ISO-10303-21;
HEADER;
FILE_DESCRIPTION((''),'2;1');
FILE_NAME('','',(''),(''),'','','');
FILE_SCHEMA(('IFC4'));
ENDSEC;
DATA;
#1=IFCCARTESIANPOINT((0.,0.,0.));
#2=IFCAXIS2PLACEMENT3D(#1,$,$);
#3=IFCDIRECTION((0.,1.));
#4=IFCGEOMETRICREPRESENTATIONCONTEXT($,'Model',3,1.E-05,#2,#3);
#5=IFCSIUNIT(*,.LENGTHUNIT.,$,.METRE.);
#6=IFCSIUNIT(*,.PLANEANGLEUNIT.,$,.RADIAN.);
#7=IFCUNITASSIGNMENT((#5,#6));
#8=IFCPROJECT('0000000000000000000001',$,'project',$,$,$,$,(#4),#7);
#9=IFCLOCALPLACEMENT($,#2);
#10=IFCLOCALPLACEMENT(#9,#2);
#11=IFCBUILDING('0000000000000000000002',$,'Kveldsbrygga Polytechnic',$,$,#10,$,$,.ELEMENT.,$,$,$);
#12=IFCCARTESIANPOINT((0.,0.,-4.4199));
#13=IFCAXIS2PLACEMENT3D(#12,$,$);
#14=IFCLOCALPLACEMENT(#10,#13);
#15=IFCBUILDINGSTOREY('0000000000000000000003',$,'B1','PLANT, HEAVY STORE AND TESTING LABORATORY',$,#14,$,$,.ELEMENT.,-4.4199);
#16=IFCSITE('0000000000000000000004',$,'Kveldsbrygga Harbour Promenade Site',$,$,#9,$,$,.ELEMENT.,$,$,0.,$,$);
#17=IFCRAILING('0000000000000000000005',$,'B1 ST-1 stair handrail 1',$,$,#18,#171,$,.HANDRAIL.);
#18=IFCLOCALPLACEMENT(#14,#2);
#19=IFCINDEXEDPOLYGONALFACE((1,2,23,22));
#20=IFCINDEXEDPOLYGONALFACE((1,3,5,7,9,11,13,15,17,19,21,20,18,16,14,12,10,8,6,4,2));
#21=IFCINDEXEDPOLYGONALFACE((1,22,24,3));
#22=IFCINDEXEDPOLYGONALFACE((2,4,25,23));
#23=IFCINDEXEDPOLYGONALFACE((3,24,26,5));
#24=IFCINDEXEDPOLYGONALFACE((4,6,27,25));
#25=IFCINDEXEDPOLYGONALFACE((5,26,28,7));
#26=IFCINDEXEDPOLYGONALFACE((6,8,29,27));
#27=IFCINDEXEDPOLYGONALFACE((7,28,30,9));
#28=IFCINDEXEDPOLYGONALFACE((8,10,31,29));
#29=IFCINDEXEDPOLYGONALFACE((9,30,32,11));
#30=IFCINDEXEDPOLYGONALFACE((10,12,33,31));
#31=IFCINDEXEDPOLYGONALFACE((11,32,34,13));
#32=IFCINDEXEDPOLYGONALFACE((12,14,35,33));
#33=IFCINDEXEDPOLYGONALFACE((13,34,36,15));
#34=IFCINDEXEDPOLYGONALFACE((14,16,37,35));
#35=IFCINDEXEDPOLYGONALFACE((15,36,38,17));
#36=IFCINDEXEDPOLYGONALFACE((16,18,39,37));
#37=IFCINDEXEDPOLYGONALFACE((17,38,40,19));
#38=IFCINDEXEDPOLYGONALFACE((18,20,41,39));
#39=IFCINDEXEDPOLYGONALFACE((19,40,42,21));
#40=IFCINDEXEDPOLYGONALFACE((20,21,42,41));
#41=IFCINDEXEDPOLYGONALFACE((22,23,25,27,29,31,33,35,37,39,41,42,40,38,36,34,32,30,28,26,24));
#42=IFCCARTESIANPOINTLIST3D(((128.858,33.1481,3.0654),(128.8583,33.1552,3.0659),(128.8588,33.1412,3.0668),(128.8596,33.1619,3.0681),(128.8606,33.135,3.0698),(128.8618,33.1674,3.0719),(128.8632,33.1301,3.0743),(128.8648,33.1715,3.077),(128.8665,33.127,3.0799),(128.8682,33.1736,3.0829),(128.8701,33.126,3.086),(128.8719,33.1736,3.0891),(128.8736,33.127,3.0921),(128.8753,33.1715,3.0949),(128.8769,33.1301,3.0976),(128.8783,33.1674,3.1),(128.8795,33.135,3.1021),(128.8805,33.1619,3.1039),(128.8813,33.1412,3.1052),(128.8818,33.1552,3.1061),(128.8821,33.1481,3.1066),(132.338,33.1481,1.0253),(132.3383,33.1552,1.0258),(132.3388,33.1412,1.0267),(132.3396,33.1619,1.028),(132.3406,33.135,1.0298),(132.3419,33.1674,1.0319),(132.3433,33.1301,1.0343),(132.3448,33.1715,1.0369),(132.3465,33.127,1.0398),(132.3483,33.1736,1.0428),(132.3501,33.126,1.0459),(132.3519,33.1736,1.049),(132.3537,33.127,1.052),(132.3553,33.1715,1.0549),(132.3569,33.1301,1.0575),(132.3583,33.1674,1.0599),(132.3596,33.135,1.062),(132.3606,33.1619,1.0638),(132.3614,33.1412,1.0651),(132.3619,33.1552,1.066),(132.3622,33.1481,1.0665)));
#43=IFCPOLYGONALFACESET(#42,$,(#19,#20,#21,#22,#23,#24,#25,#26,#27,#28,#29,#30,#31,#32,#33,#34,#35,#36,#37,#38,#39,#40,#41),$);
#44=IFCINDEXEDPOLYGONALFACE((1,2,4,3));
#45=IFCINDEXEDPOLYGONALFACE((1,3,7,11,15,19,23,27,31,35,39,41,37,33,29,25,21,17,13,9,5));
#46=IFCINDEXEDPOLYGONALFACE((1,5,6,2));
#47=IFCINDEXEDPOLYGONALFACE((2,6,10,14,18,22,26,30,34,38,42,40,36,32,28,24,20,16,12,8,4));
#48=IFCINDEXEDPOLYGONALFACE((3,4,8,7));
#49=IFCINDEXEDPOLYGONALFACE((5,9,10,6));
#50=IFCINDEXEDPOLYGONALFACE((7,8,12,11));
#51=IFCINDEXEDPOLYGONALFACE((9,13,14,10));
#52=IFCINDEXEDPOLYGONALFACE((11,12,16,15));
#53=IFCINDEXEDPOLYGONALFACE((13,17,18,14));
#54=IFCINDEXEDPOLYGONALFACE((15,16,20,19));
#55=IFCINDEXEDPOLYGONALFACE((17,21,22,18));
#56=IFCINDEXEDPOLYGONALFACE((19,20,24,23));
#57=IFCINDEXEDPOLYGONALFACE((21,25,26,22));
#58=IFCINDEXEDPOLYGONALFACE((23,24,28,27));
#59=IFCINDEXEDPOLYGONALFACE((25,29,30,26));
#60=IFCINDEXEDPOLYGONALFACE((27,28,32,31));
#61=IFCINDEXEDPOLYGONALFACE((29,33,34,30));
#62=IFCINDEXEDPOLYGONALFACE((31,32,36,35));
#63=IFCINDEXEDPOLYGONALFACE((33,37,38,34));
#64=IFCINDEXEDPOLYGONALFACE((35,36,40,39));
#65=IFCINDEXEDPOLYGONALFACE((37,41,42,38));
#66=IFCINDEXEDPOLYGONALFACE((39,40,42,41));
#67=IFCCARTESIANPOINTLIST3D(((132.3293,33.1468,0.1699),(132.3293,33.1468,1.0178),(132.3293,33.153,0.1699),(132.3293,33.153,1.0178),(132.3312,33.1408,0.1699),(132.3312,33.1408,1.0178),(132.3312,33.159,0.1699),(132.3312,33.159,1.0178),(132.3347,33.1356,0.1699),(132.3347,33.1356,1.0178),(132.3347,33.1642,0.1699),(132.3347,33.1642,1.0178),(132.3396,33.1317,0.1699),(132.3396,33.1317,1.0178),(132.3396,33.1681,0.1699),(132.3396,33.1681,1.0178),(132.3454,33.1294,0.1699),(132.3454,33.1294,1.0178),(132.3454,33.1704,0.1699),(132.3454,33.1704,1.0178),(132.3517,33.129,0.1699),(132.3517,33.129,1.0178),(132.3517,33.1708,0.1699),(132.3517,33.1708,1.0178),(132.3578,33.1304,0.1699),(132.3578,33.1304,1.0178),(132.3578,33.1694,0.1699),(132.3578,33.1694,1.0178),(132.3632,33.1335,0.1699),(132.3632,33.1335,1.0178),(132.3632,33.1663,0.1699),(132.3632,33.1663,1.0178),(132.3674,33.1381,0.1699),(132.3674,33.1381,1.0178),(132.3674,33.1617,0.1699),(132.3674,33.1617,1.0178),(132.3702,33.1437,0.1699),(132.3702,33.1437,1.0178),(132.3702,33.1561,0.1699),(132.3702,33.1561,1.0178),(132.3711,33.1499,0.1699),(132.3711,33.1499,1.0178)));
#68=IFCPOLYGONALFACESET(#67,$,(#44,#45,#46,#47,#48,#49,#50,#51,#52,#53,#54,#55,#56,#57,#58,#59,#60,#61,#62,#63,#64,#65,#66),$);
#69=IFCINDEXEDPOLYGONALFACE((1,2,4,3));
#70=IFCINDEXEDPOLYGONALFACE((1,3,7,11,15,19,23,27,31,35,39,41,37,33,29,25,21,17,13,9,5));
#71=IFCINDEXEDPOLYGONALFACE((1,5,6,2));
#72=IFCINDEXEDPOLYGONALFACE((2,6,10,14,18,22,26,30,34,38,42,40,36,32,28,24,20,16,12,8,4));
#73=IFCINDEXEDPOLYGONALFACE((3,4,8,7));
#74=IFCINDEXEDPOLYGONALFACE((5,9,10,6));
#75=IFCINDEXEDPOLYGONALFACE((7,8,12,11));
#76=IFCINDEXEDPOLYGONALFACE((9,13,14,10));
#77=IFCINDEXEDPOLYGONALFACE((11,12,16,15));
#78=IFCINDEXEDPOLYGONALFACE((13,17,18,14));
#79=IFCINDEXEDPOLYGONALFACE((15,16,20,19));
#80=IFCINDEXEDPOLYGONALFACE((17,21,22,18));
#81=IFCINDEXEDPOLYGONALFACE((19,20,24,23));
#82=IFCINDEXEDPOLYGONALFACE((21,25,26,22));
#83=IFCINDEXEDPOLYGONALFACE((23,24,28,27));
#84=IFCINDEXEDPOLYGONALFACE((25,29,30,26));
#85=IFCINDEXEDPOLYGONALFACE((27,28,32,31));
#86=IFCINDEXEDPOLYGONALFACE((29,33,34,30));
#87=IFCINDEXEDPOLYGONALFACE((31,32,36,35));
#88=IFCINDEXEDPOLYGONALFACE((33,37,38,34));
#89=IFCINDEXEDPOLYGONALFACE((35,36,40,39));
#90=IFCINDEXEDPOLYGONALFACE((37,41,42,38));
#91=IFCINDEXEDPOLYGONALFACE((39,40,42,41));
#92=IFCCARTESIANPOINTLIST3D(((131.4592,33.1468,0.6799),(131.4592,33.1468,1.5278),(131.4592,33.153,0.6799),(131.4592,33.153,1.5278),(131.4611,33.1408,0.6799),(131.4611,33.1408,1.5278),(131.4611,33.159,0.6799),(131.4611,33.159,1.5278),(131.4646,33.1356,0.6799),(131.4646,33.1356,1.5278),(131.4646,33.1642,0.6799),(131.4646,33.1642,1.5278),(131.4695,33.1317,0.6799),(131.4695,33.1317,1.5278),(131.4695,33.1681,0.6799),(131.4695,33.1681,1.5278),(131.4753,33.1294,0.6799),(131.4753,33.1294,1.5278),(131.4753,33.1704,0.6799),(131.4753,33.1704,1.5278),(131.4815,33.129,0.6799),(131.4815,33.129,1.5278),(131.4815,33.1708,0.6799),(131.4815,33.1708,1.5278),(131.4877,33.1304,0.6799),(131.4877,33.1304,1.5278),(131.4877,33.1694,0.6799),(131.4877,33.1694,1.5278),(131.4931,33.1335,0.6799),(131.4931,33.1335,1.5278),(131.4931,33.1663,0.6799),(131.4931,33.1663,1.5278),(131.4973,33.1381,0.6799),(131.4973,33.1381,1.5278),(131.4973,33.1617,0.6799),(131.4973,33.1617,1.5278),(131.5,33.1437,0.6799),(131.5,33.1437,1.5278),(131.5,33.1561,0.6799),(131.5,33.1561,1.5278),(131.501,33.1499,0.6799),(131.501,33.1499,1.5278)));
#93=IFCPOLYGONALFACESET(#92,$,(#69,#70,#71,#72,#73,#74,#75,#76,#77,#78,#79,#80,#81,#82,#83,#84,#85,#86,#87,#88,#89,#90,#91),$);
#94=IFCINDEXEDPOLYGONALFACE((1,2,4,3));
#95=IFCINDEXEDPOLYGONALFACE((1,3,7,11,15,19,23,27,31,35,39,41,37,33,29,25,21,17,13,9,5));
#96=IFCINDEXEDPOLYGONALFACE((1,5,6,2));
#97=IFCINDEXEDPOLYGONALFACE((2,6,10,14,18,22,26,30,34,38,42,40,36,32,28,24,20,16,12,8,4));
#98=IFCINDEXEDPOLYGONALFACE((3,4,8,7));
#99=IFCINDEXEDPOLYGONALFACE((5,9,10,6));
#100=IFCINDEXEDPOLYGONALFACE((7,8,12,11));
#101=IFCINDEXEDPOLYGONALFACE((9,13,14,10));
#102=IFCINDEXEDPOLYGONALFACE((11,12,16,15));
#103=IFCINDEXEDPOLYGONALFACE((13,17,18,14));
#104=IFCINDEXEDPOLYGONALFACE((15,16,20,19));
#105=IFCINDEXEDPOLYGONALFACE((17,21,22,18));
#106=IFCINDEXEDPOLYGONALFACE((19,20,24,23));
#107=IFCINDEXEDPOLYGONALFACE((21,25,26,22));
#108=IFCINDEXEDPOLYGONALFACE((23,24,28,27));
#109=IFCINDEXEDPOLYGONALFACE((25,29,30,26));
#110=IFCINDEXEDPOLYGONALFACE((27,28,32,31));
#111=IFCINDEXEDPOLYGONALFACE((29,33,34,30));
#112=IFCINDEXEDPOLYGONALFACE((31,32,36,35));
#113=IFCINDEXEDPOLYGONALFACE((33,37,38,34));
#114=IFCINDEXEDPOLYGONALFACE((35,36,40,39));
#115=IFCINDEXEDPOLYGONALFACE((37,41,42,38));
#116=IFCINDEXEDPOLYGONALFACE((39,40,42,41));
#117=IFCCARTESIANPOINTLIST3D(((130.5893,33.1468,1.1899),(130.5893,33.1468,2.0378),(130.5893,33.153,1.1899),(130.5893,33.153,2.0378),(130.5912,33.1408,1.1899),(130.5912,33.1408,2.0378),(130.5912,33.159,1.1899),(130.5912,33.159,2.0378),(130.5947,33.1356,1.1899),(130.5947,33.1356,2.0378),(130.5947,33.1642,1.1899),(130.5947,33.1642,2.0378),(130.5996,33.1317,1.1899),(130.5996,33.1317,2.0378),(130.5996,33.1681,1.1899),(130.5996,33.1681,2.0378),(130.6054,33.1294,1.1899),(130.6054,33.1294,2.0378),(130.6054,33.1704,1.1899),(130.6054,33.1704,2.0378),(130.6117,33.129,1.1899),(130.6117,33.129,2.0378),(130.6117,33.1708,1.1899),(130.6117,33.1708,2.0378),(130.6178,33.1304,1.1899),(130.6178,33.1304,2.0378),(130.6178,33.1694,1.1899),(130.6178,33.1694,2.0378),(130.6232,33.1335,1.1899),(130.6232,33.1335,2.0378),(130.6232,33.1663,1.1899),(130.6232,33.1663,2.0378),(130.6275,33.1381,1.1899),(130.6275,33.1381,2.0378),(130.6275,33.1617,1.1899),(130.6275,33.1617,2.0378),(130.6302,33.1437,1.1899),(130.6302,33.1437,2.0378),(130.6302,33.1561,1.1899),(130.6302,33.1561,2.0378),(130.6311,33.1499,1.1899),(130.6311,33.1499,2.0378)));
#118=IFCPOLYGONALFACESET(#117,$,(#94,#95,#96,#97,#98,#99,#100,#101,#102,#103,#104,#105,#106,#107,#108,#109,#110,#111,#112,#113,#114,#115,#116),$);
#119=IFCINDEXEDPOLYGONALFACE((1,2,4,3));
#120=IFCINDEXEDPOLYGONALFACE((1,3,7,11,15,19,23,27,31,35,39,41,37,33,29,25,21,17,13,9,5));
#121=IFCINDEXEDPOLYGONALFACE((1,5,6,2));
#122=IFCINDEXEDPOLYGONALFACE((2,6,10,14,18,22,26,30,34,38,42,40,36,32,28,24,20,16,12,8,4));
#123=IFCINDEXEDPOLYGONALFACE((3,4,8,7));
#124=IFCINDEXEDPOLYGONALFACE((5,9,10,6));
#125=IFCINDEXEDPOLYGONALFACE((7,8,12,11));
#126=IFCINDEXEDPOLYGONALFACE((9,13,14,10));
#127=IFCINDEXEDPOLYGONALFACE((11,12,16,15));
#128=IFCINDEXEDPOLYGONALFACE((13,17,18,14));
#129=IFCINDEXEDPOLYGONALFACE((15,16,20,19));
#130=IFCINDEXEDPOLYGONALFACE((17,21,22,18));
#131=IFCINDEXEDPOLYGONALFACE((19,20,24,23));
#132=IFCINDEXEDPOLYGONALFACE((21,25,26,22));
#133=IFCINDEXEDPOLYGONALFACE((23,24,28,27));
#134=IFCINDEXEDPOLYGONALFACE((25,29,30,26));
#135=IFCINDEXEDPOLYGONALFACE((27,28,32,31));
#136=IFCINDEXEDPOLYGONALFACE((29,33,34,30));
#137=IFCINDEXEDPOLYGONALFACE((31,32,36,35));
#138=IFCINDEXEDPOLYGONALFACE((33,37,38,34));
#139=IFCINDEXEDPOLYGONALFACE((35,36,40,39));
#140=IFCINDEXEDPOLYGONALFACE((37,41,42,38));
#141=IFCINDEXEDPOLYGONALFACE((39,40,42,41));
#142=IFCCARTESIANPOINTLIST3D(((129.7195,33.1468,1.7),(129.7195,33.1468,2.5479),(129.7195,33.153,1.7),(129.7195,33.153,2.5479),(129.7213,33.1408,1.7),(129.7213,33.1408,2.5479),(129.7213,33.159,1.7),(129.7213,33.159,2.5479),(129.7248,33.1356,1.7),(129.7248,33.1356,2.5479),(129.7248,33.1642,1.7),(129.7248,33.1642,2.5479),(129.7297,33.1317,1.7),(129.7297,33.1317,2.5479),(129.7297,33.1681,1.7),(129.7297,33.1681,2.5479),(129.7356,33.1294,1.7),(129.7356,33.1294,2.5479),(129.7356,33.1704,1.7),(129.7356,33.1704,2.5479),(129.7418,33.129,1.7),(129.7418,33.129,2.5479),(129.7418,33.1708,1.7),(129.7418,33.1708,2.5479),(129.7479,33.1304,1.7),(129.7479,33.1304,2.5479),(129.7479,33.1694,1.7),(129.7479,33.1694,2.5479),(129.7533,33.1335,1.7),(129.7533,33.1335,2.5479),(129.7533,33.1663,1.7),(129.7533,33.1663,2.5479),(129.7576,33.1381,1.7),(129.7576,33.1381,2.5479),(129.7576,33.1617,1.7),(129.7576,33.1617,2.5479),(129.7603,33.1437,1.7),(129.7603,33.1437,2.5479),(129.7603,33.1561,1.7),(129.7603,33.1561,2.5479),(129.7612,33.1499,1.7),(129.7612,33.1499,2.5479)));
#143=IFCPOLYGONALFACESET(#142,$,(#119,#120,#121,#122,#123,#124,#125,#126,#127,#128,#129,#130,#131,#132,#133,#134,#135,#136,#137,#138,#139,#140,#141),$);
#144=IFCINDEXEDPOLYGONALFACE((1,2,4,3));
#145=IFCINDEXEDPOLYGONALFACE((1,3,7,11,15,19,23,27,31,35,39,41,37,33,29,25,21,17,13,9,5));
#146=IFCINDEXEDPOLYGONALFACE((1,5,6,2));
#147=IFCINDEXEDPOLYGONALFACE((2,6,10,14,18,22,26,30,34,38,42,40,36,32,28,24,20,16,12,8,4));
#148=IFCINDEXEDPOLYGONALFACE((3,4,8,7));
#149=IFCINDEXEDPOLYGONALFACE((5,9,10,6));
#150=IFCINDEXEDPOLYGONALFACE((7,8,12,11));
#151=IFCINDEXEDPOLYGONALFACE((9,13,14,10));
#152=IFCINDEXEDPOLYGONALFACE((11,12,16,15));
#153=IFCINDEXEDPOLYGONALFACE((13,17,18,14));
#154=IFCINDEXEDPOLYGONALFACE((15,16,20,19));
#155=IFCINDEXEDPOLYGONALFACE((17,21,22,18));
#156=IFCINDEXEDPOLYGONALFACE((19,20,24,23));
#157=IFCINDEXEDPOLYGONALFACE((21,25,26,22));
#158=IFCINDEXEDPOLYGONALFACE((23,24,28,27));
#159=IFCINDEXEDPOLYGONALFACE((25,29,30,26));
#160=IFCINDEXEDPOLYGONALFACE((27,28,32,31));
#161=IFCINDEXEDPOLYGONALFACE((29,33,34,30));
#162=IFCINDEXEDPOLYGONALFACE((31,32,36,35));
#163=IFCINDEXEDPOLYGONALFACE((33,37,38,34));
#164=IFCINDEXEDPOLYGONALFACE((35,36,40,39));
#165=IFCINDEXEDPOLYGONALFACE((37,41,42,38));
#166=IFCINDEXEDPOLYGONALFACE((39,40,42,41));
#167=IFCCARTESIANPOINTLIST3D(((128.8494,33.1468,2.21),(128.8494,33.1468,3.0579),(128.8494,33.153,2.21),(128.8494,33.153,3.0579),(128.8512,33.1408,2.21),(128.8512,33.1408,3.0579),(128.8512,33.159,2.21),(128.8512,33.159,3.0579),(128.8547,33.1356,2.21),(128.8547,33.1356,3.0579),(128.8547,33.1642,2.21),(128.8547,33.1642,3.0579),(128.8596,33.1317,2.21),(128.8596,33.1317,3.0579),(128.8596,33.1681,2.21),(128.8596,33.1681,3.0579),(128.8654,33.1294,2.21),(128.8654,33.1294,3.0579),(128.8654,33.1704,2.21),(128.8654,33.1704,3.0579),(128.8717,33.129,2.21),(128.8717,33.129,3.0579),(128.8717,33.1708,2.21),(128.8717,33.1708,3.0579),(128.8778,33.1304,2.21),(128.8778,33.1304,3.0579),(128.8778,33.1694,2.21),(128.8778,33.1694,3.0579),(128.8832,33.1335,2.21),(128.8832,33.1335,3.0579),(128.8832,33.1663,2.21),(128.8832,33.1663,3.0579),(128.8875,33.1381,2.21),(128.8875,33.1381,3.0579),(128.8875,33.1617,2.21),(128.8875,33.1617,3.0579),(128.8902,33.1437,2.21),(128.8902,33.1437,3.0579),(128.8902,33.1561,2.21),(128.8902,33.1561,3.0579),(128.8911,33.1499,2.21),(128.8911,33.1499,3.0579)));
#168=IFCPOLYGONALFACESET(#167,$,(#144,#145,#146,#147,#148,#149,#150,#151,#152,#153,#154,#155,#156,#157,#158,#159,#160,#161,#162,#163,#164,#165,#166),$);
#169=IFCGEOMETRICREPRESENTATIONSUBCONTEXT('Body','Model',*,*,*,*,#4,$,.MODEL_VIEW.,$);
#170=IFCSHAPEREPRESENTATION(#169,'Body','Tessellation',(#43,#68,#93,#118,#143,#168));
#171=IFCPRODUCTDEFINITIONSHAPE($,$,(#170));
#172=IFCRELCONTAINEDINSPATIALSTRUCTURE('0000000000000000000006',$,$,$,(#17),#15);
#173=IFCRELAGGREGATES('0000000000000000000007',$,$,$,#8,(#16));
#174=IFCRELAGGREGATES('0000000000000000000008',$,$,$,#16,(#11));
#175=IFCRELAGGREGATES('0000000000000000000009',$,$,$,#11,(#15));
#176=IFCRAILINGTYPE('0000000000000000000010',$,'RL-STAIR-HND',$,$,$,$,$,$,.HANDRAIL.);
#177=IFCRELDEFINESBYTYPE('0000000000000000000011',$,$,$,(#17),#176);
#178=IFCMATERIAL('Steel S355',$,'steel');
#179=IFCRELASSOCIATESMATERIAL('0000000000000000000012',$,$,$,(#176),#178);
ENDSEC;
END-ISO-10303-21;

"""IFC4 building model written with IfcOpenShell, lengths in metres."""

from ifc_helpers import new_model, si_unit, direction, frame, origin, origin_2d, place, context, subcontext, project, spatial, circle, extrude, material, type_object, element, save


model = new_model("IFC4")

# Units and contexts
model_context = context("Model", 3, precision=1e-05, world=origin(), true_north=direction((0.0, 1.0)))
body_context = subcontext(model_context, "Body", "Model", "MODEL_VIEW")
ifc_project = project(units=[si_unit("LENGTHUNIT", "METRE"), si_unit("PLANEANGLEUNIT", "RADIAN")], contexts=[model_context])

# Site, building, storey
site_placement = place(None, origin())
site = spatial("IfcSite", under=ifc_project, at=site_placement, Name="Kveldsbrygga Harbour Promenade Site", CompositionType="ELEMENT", RefElevation=0.0)
building_placement = place(site_placement, origin())
building = spatial("IfcBuilding", under=site, at=building_placement, Name="Kveldsbrygga Polytechnic", CompositionType="ELEMENT")
storey_placement = place(building_placement, frame((0.0, 0.0, -4.4199)))
storey = spatial("IfcBuildingStorey", under=building, at=storey_placement, Name="B1", Description="PLANT, HEAVY STORE AND TESTING LABORATORY", CompositionType="ELEMENT", Elevation=-4.4199)

# Railing
ifc_material_1 = material(Name="Steel S355", Category="steel")
railing_type_1 = type_object("IfcRailingType", Name="RL-STAIR-HND", PredefinedType="HANDRAIL", material=ifc_material_1)
railing_1_placement = place(storey_placement, frame((132.3501, 33.1499, 0.1699)))
element("IfcRailing", 1, at=railing_1_placement, inside=storey, type_object=railing_type_1, Name="B1 ST-1 stair handrail 1", PredefinedType="HANDRAIL", context=body_context, shape_type="SweptSolid", body=[
    extrude(circle(Radius=0.0239, at=origin_2d()), frame((0.0, 0.0, 0.876), z_axis=(-0.862693, 0.0, 0.505729), x_axis=(0.0, -1.0, 0.0)), (0.0, 0.0, 1.0), 4.0339),
    extrude(circle(Radius=0.021, at=origin_2d()), origin(), (0.0, 0.0, 1.0), 0.8479),
    extrude(circle(Radius=0.021, at=origin_2d()), frame((-0.8701, 0.0, 0.51)), (0.0, 0.0, 1.0), 0.8479),
    extrude(circle(Radius=0.021, at=origin_2d()), frame((-1.74, 0.0, 1.02)), (0.0, 0.0, 1.0), 0.8479),
    extrude(circle(Radius=0.021, at=origin_2d()), frame((-2.6099, 0.0, 1.53)), (0.0, 0.0, 1.0), 0.8479),
    extrude(circle(Radius=0.021, at=origin_2d()), frame((-3.48, 0.0, 2.04)), (0.0, 0.0, 1.0), 0.8479),
])

save(model, "model.ifc")
